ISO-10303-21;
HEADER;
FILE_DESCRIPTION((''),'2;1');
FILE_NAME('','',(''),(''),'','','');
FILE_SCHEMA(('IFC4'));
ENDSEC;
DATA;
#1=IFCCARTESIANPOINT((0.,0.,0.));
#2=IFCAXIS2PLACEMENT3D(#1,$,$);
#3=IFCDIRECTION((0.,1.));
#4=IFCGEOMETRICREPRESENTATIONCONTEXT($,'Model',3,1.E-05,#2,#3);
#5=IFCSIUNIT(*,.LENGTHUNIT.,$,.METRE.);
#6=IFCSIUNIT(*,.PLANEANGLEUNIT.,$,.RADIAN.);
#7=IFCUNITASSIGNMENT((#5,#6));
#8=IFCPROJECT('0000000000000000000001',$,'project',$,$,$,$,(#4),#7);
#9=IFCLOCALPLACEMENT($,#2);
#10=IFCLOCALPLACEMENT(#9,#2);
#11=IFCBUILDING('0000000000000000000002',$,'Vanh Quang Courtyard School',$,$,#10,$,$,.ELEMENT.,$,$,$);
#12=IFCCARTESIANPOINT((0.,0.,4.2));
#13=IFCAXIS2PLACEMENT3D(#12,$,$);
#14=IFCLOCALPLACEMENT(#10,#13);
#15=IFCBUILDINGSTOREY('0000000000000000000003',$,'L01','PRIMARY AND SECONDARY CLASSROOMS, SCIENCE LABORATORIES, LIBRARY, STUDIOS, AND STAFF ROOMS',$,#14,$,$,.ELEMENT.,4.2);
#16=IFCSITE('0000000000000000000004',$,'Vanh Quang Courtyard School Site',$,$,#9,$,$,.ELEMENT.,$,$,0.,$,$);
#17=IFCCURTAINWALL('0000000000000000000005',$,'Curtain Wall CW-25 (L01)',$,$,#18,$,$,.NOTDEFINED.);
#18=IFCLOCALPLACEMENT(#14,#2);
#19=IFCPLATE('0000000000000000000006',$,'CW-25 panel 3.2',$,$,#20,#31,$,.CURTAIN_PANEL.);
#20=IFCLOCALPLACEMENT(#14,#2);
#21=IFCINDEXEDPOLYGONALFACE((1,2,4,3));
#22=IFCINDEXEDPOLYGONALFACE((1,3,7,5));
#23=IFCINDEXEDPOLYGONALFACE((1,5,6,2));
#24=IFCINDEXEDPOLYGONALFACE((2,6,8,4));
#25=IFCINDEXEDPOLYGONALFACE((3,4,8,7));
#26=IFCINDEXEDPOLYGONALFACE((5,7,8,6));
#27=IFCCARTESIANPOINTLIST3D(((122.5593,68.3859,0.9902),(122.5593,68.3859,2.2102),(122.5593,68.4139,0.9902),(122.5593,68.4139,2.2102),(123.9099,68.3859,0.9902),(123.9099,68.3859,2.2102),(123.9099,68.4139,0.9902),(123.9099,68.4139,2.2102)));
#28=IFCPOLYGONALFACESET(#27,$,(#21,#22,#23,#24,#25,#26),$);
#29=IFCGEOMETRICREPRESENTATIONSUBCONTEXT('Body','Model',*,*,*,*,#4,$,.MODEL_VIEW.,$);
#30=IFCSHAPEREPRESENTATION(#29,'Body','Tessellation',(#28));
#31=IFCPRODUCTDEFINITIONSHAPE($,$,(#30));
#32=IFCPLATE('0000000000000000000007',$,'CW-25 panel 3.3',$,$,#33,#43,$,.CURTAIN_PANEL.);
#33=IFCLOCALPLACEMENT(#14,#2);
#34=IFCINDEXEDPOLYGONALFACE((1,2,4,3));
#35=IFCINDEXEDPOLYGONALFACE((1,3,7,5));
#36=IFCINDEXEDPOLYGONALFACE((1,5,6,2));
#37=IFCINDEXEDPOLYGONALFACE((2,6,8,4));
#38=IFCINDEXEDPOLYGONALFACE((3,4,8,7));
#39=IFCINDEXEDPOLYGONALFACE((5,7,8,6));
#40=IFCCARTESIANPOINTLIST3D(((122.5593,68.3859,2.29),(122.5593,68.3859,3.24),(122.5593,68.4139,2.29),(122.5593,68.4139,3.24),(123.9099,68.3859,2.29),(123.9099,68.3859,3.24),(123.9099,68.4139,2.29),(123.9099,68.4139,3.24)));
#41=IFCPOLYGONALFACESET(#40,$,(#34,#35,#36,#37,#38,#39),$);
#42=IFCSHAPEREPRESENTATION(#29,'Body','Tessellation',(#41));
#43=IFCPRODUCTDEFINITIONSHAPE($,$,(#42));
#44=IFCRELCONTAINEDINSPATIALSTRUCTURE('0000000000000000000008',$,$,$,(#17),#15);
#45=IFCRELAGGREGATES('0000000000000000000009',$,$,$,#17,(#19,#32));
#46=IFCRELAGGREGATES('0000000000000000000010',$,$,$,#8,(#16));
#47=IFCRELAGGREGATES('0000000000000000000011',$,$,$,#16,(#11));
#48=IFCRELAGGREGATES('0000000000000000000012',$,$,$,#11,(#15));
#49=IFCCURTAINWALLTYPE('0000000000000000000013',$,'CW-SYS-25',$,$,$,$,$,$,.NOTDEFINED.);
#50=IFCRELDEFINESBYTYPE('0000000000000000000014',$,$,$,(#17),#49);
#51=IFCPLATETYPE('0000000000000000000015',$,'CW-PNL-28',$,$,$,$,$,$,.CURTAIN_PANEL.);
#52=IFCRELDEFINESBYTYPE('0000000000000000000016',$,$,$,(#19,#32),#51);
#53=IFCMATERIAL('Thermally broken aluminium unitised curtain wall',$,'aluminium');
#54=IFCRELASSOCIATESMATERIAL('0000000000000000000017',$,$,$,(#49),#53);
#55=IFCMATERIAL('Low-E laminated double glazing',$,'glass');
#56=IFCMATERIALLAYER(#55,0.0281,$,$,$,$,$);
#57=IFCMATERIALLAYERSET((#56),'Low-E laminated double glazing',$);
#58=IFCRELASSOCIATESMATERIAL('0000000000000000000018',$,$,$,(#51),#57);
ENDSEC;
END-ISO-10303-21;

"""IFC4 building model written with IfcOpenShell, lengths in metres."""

from ifc_helpers import new_model, si_unit, direction, frame, origin, origin_2d, place, context, subcontext, project, spatial, rectangle, extrude, material, layer, layer_set, type_object, element, aggregate, save


model = new_model("IFC4")

# Units and contexts
model_context = context("Model", 3, precision=1e-05, world=origin(), true_north=direction((0.0, 1.0)))
body_context = subcontext(model_context, "Body", "Model", "MODEL_VIEW")
ifc_project = project(units=[si_unit("LENGTHUNIT", "METRE"), si_unit("PLANEANGLEUNIT", "RADIAN")], contexts=[model_context])

# Site, building, storey
site_placement = place(None, origin())
site = spatial("IfcSite", under=ifc_project, at=site_placement, Name="Vanh Quang Courtyard School Site", CompositionType="ELEMENT", RefElevation=0.0)
building_placement = place(site_placement, origin())
building = spatial("IfcBuilding", under=site, at=building_placement, Name="Vanh Quang Courtyard School", CompositionType="ELEMENT")
storey_placement = place(building_placement, frame((0.0, 0.0, 4.2)))
storey = spatial("IfcBuildingStorey", under=building, at=storey_placement, Name="L01", Description="PRIMARY AND SECONDARY CLASSROOMS, SCIENCE LABORATORIES, LIBRARY, STUDIOS, AND STAFF ROOMS", CompositionType="ELEMENT", Elevation=4.2)

# Curtain wall, plates
ifc_material_1 = material(Name="Thermally broken aluminium unitised curtain wall", Category="aluminium")
curtain_wall_type = type_object("IfcCurtainWallType", Name="CW-SYS-25", PredefinedType="NOTDEFINED", material=ifc_material_1)
curtain_wall_placement = place(storey_placement, origin())
curtain_wall = element("IfcCurtainWall", 1, at=curtain_wall_placement, inside=storey, type_object=curtain_wall_type, Name="Curtain Wall CW-25 (L01)", PredefinedType="NOTDEFINED")
ifc_material_2 = material(Name="Low-E laminated double glazing", Category="glass")
ifc_layer = layer(ifc_material_2, 0.0281)
ifc_layer_set = layer_set([ifc_layer], Name="Low-E laminated double glazing")
plate_type = type_object("IfcPlateType", Name="CW-PNL-28", PredefinedType="CURTAIN_PANEL", material=ifc_layer_set)
plate_1_placement = place(storey_placement, frame((123.2346, 68.3999, 0.9902), z_axis=(0.0, 0.0, 1.0), x_axis=(1.0, 0.0, 0.0)))
plate_1 = element("IfcPlate", 2, at=plate_1_placement, type_object=plate_type, Name="CW-25 panel 3.2", PredefinedType="CURTAIN_PANEL", context=body_context, shape_type="SweptSolid", body=[
    extrude(rectangle(XDim=1.3506, YDim=0.0281, at=origin_2d()), origin(), (0.0, 0.0, 1.0), 1.22),
])
plate_2_placement = place(storey_placement, frame((123.2346, 68.3999, 2.29), z_axis=(0.0, 0.0, 1.0), x_axis=(1.0, 0.0, 0.0)))
plate_2 = element("IfcPlate", 3, at=plate_2_placement, type_object=plate_type, Name="CW-25 panel 3.3", PredefinedType="CURTAIN_PANEL", context=body_context, shape_type="SweptSolid", body=[
    extrude(rectangle(XDim=1.3506, YDim=0.0281, at=origin_2d()), origin(), (0.0, 0.0, 1.0), 0.95),
])
aggregate(curtain_wall, [plate_1, plate_2])

save(model, "model.ifc")
